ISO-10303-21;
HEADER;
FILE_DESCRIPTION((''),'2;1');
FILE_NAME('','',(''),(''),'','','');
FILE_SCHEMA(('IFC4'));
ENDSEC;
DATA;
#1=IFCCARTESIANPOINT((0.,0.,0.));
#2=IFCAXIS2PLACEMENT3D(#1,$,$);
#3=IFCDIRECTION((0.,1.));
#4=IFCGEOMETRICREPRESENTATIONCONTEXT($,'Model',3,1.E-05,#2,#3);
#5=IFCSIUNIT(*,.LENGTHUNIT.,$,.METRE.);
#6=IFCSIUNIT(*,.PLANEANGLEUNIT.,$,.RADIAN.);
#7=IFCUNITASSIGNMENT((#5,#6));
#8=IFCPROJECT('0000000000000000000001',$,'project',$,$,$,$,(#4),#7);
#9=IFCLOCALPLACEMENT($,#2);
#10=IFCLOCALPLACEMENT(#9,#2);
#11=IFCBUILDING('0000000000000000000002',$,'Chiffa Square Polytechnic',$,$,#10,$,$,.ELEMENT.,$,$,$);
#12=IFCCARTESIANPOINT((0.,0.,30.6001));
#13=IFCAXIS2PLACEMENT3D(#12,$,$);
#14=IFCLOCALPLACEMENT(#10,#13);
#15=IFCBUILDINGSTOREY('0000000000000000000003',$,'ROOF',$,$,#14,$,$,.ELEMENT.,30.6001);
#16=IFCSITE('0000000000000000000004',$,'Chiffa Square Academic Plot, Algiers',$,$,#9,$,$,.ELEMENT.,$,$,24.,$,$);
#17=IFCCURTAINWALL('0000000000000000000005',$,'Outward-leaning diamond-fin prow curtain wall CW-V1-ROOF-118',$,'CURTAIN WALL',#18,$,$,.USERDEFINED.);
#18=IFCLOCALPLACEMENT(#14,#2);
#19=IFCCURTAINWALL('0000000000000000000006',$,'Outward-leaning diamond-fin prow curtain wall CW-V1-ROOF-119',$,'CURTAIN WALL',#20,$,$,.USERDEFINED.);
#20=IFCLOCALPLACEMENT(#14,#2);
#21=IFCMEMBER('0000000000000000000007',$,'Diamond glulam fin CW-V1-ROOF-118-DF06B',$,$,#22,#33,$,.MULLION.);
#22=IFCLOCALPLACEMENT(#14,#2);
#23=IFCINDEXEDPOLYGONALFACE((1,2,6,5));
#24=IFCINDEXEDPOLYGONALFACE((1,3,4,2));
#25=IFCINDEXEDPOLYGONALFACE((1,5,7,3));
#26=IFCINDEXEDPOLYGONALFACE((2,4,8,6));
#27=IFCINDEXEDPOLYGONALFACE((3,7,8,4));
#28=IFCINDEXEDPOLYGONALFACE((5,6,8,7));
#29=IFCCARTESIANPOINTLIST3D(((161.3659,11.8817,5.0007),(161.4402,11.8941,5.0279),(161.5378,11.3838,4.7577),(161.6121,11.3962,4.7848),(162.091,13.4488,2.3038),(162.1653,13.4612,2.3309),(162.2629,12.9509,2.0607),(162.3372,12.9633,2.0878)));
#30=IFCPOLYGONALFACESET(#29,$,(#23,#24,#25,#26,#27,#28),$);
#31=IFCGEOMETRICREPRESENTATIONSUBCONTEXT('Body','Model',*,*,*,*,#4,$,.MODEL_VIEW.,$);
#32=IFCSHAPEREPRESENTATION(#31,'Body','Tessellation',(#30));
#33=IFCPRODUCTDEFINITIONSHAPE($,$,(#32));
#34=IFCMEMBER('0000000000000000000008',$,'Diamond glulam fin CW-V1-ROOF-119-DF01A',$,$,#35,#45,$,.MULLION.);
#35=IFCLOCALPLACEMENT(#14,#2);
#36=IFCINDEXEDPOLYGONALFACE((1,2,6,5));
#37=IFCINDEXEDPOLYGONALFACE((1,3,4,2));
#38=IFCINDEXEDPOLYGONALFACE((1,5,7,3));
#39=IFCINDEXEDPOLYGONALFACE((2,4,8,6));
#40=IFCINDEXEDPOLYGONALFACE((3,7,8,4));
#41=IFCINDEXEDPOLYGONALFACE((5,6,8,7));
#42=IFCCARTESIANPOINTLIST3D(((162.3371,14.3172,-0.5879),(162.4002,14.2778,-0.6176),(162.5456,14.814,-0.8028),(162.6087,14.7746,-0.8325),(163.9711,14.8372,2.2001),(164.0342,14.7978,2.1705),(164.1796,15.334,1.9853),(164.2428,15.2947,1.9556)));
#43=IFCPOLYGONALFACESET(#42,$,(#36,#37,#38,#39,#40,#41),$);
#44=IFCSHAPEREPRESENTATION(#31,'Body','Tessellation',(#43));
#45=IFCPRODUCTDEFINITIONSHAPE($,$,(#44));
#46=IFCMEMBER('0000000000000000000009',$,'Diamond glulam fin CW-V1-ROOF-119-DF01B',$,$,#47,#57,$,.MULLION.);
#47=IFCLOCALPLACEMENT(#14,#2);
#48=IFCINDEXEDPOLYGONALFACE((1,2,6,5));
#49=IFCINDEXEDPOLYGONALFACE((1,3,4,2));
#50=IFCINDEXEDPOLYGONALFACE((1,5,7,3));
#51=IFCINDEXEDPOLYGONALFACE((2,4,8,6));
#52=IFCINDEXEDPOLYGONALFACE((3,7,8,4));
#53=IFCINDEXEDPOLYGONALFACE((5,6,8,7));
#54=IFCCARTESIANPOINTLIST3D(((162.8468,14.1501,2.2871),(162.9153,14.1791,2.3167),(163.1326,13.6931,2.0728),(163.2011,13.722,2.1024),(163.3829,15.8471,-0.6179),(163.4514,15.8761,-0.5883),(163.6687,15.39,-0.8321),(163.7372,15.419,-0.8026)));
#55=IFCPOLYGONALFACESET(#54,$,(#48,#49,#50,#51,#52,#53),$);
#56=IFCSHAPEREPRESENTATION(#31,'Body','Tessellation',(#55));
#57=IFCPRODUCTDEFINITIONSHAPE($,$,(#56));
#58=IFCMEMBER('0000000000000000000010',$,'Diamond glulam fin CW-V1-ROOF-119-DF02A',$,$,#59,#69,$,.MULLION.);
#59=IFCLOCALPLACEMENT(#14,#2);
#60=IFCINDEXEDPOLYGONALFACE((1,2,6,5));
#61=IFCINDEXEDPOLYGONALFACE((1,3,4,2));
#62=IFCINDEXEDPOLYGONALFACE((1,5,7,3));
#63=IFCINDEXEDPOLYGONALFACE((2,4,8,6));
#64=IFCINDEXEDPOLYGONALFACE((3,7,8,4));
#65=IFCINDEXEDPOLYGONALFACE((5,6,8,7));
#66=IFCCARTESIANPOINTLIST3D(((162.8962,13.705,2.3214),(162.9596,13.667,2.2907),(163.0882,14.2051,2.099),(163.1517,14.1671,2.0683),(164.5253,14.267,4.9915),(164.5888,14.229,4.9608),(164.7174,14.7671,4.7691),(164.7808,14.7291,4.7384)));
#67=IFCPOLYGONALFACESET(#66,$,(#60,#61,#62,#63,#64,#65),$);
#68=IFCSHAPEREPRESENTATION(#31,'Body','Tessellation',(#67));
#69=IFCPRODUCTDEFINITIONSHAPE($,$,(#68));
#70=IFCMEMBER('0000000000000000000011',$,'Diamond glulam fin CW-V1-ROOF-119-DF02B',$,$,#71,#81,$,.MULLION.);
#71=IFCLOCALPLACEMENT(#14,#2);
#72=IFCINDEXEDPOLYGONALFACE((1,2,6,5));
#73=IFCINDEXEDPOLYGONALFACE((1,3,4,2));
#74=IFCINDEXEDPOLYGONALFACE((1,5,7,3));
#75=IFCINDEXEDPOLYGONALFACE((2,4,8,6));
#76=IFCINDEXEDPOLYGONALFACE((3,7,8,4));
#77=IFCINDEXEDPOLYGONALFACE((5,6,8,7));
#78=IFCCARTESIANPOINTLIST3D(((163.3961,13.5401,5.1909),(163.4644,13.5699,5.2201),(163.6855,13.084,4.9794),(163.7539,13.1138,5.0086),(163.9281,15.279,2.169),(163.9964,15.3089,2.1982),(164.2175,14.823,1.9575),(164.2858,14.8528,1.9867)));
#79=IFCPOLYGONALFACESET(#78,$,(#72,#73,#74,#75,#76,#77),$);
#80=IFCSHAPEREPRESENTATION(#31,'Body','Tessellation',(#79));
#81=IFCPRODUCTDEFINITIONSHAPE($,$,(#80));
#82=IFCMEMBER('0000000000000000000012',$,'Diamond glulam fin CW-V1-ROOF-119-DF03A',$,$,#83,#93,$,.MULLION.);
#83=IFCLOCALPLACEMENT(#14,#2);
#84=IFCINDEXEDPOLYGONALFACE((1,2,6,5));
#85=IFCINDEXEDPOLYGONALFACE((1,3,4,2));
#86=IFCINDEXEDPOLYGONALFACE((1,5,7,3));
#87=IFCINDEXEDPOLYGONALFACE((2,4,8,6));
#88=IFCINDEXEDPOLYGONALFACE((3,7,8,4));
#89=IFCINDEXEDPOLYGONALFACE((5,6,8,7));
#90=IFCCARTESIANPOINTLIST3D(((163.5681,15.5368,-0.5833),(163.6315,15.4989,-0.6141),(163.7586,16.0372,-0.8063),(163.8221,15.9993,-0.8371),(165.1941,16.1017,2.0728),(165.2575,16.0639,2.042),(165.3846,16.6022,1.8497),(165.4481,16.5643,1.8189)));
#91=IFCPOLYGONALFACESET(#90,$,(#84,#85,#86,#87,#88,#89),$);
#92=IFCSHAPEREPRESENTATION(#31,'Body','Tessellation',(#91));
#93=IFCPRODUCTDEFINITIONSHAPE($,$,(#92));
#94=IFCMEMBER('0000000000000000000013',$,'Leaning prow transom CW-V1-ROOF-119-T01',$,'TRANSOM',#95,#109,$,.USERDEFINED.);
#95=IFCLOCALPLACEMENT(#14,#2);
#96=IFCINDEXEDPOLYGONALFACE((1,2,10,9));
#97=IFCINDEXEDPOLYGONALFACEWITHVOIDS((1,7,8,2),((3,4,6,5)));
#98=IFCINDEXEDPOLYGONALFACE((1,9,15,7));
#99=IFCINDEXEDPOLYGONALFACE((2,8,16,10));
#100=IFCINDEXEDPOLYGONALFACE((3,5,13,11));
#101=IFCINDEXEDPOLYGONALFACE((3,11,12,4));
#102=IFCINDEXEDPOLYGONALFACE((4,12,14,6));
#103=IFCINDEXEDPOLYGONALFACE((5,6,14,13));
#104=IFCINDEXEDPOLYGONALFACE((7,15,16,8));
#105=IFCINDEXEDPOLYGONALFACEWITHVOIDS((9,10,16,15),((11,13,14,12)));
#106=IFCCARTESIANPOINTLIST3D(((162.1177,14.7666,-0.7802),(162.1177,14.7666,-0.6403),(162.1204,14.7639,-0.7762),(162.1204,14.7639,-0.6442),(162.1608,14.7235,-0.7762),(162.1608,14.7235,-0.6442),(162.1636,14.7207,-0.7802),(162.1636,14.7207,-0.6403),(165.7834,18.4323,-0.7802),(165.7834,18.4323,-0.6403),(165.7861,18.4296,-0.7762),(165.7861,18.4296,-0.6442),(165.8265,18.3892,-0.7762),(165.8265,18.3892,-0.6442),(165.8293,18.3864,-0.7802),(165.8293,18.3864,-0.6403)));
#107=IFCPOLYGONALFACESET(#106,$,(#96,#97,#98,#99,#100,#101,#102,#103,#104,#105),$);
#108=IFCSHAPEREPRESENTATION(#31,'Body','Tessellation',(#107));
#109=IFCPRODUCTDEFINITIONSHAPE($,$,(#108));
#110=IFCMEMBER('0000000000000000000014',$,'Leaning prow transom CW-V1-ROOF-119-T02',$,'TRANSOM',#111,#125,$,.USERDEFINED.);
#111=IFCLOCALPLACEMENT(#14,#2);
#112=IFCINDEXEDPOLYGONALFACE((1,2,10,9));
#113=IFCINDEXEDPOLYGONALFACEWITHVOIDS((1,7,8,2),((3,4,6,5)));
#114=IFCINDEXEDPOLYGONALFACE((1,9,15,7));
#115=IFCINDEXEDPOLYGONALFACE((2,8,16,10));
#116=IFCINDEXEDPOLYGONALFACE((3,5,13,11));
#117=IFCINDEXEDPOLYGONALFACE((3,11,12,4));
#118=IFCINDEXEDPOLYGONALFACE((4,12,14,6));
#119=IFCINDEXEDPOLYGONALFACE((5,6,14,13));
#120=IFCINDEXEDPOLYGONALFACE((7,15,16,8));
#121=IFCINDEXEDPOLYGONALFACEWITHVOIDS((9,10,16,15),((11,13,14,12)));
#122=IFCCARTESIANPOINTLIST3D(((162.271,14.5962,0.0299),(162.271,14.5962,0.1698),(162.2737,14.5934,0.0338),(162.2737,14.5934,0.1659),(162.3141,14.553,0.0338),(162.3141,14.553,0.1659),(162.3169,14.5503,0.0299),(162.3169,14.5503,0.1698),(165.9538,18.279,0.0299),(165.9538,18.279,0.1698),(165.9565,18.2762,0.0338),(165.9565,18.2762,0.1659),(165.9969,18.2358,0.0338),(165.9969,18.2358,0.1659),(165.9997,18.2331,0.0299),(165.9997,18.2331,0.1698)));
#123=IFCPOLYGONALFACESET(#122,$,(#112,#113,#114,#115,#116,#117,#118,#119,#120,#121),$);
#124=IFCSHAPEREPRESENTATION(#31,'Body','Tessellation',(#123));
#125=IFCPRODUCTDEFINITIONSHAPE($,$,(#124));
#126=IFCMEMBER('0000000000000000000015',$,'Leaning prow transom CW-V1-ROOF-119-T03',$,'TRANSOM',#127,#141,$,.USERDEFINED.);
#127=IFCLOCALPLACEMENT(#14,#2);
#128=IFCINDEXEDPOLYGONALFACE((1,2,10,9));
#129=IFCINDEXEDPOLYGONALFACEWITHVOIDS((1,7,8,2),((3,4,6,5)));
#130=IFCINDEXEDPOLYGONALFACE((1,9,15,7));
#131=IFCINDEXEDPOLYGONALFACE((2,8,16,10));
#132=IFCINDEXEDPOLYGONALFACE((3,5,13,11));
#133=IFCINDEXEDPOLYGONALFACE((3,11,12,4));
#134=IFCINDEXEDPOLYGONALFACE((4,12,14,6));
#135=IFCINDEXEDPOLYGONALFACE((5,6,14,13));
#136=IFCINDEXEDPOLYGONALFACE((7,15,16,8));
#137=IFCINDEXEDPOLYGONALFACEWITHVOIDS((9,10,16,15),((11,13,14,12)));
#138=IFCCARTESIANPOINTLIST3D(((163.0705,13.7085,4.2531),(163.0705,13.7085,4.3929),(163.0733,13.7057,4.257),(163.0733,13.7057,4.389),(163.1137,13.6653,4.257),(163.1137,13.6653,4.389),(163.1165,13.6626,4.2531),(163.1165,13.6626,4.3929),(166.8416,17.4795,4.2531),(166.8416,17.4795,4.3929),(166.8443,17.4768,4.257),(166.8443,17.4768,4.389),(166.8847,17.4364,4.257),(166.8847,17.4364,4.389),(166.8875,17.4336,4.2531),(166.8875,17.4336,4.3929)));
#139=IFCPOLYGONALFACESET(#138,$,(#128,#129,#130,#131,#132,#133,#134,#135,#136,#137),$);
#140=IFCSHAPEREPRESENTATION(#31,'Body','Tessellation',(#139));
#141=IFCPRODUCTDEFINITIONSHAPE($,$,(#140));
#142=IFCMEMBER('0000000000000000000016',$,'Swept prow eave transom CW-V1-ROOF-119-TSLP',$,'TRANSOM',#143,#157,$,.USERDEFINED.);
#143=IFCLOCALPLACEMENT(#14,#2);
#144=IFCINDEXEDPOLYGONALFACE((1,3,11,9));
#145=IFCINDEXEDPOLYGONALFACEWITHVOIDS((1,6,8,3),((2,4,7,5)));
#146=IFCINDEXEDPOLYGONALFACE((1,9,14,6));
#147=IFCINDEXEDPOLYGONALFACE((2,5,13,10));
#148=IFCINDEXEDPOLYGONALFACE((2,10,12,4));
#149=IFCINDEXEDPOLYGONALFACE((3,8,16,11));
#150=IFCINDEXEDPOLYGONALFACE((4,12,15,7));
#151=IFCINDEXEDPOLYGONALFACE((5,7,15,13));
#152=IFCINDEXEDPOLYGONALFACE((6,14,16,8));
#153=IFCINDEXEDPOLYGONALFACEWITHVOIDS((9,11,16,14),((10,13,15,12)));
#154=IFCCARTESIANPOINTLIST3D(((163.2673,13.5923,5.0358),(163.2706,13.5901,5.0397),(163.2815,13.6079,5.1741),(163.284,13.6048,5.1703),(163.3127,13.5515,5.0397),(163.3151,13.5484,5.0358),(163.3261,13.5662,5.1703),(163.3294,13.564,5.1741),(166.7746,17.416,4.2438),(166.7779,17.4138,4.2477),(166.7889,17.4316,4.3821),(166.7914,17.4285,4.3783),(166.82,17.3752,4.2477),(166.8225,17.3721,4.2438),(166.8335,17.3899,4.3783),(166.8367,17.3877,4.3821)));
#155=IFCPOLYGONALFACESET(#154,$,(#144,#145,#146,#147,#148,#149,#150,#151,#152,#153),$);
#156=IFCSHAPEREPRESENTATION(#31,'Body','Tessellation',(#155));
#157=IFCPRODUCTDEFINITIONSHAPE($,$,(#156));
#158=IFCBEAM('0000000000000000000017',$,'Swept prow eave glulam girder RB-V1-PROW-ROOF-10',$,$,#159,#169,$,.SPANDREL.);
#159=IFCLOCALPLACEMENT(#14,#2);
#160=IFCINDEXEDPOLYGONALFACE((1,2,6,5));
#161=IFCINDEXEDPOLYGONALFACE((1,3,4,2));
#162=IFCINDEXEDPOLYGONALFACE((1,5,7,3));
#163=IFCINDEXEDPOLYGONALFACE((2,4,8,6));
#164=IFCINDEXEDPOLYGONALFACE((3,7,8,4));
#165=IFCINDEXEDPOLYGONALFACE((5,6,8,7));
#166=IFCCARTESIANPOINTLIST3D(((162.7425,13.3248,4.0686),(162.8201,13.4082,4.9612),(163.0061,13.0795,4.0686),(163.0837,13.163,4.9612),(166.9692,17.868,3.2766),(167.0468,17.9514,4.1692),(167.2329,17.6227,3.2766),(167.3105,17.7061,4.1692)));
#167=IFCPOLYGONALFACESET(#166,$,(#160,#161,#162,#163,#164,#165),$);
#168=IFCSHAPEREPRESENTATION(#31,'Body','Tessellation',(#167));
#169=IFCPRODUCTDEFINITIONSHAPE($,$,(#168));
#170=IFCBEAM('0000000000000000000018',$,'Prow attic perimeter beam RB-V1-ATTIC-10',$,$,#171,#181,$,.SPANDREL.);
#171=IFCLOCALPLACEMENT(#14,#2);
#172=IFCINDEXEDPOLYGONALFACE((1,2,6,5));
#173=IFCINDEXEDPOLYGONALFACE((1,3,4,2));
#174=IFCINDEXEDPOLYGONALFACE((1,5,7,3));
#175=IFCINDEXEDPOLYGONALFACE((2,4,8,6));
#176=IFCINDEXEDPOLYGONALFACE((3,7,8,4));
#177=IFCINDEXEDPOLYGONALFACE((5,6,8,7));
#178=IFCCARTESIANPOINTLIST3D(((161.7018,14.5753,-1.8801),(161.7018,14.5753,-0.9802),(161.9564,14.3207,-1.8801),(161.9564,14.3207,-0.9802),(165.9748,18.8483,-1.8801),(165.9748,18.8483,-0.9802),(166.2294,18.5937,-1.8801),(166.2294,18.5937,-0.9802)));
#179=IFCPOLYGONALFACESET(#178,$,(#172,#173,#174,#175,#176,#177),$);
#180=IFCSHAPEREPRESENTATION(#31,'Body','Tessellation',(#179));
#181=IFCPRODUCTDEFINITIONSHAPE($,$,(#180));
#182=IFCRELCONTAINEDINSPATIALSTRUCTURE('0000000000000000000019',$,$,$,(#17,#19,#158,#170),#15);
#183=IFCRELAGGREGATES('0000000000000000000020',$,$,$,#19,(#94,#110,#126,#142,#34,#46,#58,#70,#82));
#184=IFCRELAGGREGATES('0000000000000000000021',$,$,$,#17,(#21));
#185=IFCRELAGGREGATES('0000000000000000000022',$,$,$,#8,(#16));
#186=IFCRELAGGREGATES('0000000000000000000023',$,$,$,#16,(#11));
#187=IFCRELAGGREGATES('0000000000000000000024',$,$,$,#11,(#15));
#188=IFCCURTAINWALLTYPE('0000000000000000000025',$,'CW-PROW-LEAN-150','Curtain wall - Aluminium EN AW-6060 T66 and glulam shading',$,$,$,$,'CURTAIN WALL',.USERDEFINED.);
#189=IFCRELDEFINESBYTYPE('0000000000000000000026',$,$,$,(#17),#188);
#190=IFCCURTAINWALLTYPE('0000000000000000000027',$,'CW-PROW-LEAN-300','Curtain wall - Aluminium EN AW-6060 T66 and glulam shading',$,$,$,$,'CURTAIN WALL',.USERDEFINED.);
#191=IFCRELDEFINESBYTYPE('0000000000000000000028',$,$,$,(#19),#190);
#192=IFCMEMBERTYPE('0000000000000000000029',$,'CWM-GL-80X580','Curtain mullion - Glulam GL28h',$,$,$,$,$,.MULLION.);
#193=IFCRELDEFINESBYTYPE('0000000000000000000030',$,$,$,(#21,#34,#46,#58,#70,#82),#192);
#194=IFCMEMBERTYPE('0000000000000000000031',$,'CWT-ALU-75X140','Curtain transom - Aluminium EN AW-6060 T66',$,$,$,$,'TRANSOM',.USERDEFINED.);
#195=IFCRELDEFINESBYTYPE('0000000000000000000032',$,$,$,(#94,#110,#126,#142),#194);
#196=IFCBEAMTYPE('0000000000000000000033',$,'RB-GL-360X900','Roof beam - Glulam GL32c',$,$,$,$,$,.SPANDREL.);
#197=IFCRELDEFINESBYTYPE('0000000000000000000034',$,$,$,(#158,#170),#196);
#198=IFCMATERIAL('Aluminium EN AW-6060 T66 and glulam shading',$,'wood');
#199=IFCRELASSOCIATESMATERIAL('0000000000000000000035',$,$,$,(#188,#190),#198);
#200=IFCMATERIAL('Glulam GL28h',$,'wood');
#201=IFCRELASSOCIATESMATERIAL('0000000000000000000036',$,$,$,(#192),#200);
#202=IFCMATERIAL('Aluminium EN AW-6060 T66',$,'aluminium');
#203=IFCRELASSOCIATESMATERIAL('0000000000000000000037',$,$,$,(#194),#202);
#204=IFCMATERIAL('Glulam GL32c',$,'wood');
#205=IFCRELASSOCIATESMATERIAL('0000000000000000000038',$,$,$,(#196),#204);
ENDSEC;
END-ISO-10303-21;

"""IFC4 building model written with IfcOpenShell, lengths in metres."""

from ifc_helpers import new_model, si_unit, direction, frame, origin, origin_2d, place, context, subcontext, project, spatial, rectangle, hollow_rectangle, extrude, material, material_profile, profile_set, type_object, element, aggregate, save


model = new_model("IFC4")

# Units and contexts
model_context = context("Model", 3, precision=1e-05, world=origin(), true_north=direction((0.0, 1.0)))
body_context = subcontext(model_context, "Body", "Model", "MODEL_VIEW")
ifc_project = project(units=[si_unit("LENGTHUNIT", "METRE"), si_unit("PLANEANGLEUNIT", "RADIAN")], contexts=[model_context])

# Site, building, storey
site_placement = place(None, origin())
site = spatial("IfcSite", under=ifc_project, at=site_placement, Name="Chiffa Square Academic Plot, Algiers", CompositionType="ELEMENT", RefElevation=24.0)
building_placement = place(site_placement, origin())
building = spatial("IfcBuilding", under=site, at=building_placement, Name="Chiffa Square Polytechnic", CompositionType="ELEMENT")
storey_placement = place(building_placement, frame((0.0, 0.0, 30.6001)))
storey = spatial("IfcBuildingStorey", under=building, at=storey_placement, Name="ROOF", CompositionType="ELEMENT", Elevation=30.6001)

# Shared definitions
ifc_material_1 = material(Name="Glulam GL32c", Category="wood")

# Curtain walls
ifc_material_2 = material(Name="Aluminium EN AW-6060 T66 and glulam shading", Category="wood")
curtain_wall_type_1 = type_object("IfcCurtainWallType", Name="CW-PROW-LEAN-150", Description="Curtain wall - Aluminium EN AW-6060 T66 and glulam shading", ElementType="CURTAIN WALL", PredefinedType="USERDEFINED", material=ifc_material_2)
curtain_wall_1_placement = place(storey_placement, origin())
curtain_wall_1 = element("IfcCurtainWall", 1, at=curtain_wall_1_placement, inside=storey, type_object=curtain_wall_type_1, Name="Outward-leaning diamond-fin prow curtain wall CW-V1-ROOF-118", ObjectType="CURTAIN WALL", PredefinedType="USERDEFINED")
ifc_material_3 = material(Name="Aluminium EN AW-6060 T66", Category="aluminium")
curtain_wall_type_2 = type_object("IfcCurtainWallType", Name="CW-PROW-LEAN-300", Description="Curtain wall - Aluminium EN AW-6060 T66 and glulam shading", ElementType="CURTAIN WALL", PredefinedType="USERDEFINED", material=ifc_material_2)
curtain_wall_2_placement = place(storey_placement, origin())
curtain_wall_2 = element("IfcCurtainWall", 2, at=curtain_wall_2_placement, inside=storey, type_object=curtain_wall_type_2, Name="Outward-leaning diamond-fin prow curtain wall CW-V1-ROOF-119", ObjectType="CURTAIN WALL", PredefinedType="USERDEFINED")

# Members
ifc_material_4 = material(Name="Glulam GL28h", Category="wood")
ifc_material_profile_1 = material_profile(ifc_material_4, rectangle(XDim=0.0801, YDim=0.5801, at=origin_2d()), Name="GL28h 80x580")
ifc_profile_set_1 = profile_set([ifc_material_profile_1], Name="Glulam GL28h")
member_type_1 = type_object("IfcMemberType", Name="CWM-GL-80X580", Description="Curtain mullion - Glulam GL28h", PredefinedType="MULLION", material=ifc_profile_set_1)
member_1_placement = place(storey_placement, frame((162.2141, 13.2061, 2.1958), z_axis=(-0.22642, -0.489358, 0.842177), x_axis=(0.927865, 0.154669, 0.33933)))
member_1 = element("IfcMember", 3, at=member_1_placement, type_object=member_type_1, Name="Diamond glulam fin CW-V1-ROOF-118-DF06B", PredefinedType="MULLION", context=body_context, shape_type="SweptSolid", body=[
    extrude(rectangle(XDim=0.0801, YDim=0.5801, at=origin_2d()), origin(), (0.0, 0.0, 1.0), 3.2024),
])
member_2_placement = place(storey_placement, frame((162.4729, 14.5459, -0.7102), z_axis=(0.499214, 0.158871, 0.851789), x_axis=(-0.788378, 0.491155, 0.370442)))
member_2 = element("IfcMember", 4, at=member_2_placement, type_object=member_type_1, Name="Diamond glulam fin CW-V1-ROOF-119-DF01A", PredefinedType="MULLION", context=body_context, shape_type="SweptSolid", body=[
    extrude(rectangle(XDim=0.0801, YDim=0.5801, at=origin_2d()), origin(), (0.0, 0.0, 1.0), 3.2732),
])
member_3_placement = place(storey_placement, frame((163.5601, 15.6331, -0.7102), z_axis=(-0.15737, -0.498123, 0.852707), x_axis=(0.855898, 0.361929, 0.369386)))
member_3 = element("IfcMember", 5, at=member_3_placement, type_object=member_type_1, Name="Diamond glulam fin CW-V1-ROOF-119-DF01B", PredefinedType="MULLION", context=body_context, shape_type="SweptSolid", body=[
    extrude(rectangle(XDim=0.0801, YDim=0.5801, at=origin_2d()), origin(), (0.0, 0.0, 1.0), 3.4067),
])
member_4_placement = place(storey_placement, frame((163.0239, 13.936, 2.1948), z_axis=(0.512632, 0.176844, 0.8402), x_axis=(-0.792228, 0.474703, 0.383448)))
member_4 = element("IfcMember", 6, at=member_4_placement, type_object=member_type_1, Name="Diamond glulam fin CW-V1-ROOF-119-DF02A", PredefinedType="MULLION", context=body_context, shape_type="SweptSolid", body=[
    extrude(rectangle(XDim=0.0801, YDim=0.5801, at=origin_2d()), origin(), (0.0, 0.0, 1.0), 3.178),
])
member_5_placement = place(storey_placement, frame((164.1069, 15.0659, 2.0779), z_axis=(-0.150833, -0.493062, 0.856819), x_axis=(0.853408, 0.372511, 0.364596)))
member_5 = element("IfcMember", 7, at=member_5_placement, type_object=member_type_1, Name="Diamond glulam fin CW-V1-ROOF-119-DF02B", PredefinedType="MULLION", context=body_context, shape_type="SweptSolid", body=[
    extrude(rectangle(XDim=0.0801, YDim=0.5801, at=origin_2d()), origin(), (0.0, 0.0, 1.0), 3.5269),
])
member_6_placement = place(storey_placement, frame((163.6951, 15.7681, -0.7102), z_axis=(0.513734, 0.178496, 0.839176), x_axis=(-0.792592, 0.473188, 0.384567)))
member_6 = element("IfcMember", 8, at=member_6_placement, type_object=member_type_1, Name="Diamond glulam fin CW-V1-ROOF-119-DF03A", PredefinedType="MULLION", context=body_context, shape_type="SweptSolid", body=[
    extrude(rectangle(XDim=0.0801, YDim=0.5801, at=origin_2d()), origin(), (0.0, 0.0, 1.0), 3.165),
])
ifc_material_profile_2 = material_profile(ifc_material_3, hollow_rectangle(XDim=0.0649, YDim=0.1399, WallThickness=0.0039, at=origin_2d()), Name="ALU 65x140x4")
ifc_profile_set_2 = profile_set([ifc_material_profile_2], Name="Aluminium EN AW-6060 T66")
member_type_2 = type_object("IfcMemberType", Name="CWT-ALU-75X140", Description="Curtain transom - Aluminium EN AW-6060 T66", ElementType="TRANSOM", PredefinedType="USERDEFINED", material=ifc_profile_set_2)
member_7_placement = place(storey_placement, frame((162.1406, 14.7437, -0.7102), z_axis=(0.707107, 0.707107, 0.0), x_axis=(-0.707107, 0.707107, 0.0)))
member_7 = element("IfcMember", 9, at=member_7_placement, type_object=member_type_2, Name="Leaning prow transom CW-V1-ROOF-119-T01", ObjectType="TRANSOM", PredefinedType="USERDEFINED", context=body_context, shape_type="SweptSolid", body=[
    extrude(hollow_rectangle(XDim=0.0649, YDim=0.1399, WallThickness=0.0039, at=origin_2d()), origin(), (0.0, 0.0, 1.0), 5.1841),
])
member_8_placement = place(storey_placement, frame((162.2939, 14.5732, 0.0999), z_axis=(0.707107, 0.707107, 0.0), x_axis=(-0.707107, 0.707107, 0.0)))
member_8 = element("IfcMember", 10, at=member_8_placement, type_object=member_type_2, Name="Leaning prow transom CW-V1-ROOF-119-T02", ObjectType="TRANSOM", PredefinedType="USERDEFINED", context=body_context, shape_type="SweptSolid", body=[
    extrude(hollow_rectangle(XDim=0.0649, YDim=0.1399, WallThickness=0.0039, at=origin_2d()), origin(), (0.0, 0.0, 1.0), 5.2083),
])
member_9_placement = place(storey_placement, frame((163.0935, 13.6855, 4.323), z_axis=(0.707107, 0.707107, 0.0), x_axis=(-0.707107, 0.707107, 0.0)))
member_9 = element("IfcMember", 11, at=member_9_placement, type_object=member_type_2, Name="Leaning prow transom CW-V1-ROOF-119-T03", ObjectType="TRANSOM", PredefinedType="USERDEFINED", context=body_context, shape_type="SweptSolid", body=[
    extrude(hollow_rectangle(XDim=0.0649, YDim=0.1399, WallThickness=0.0039, at=origin_2d()), origin(), (0.0, 0.0, 1.0), 5.333),
])
member_10_placement = place(storey_placement, frame((163.2983, 13.5781, 5.105), z_axis=(0.668219, 0.728502, -0.150891), x_axis=(-0.736939, 0.675959, 0.0)))
member_10 = element("IfcMember", 12, at=member_10_placement, type_object=member_type_2, Name="Swept prow eave transom CW-V1-ROOF-119-TSLP", ObjectType="TRANSOM", PredefinedType="USERDEFINED", context=body_context, shape_type="SweptSolid", body=[
    extrude(hollow_rectangle(XDim=0.0649, YDim=0.1399, WallThickness=0.0039, at=origin_2d()), origin(), (0.0, 0.0, 1.0), 5.2488),
])

# Beams
ifc_material_profile_3 = material_profile(ifc_material_1, rectangle(XDim=0.3601, YDim=0.8999, at=origin_2d()), Name="GL32c 360x900")
ifc_profile_set_3 = profile_set([ifc_material_profile_3], Name="Glulam GL32c")
beam_type = type_object("IfcBeamType", Name="RB-GL-360X900", Description="Roof beam - Glulam GL32c", PredefinedType="SPANDREL", material=ifc_profile_set_3)
beam_1_placement = place(storey_placement, frame((162.9131, 13.2439, 4.5149), z_axis=(0.675672, 0.72625, -0.126603), x_axis=(-0.732142, 0.681153, 0.0)))
element("IfcBeam", 13, at=beam_1_placement, inside=storey, type_object=beam_type, Name="Swept prow eave glulam girder RB-V1-PROW-ROOF-10", PredefinedType="SPANDREL", context=body_context, shape_type="SweptSolid", body=[
    extrude(rectangle(XDim=0.3601, YDim=0.8999, at=origin_2d()), origin(), (0.0, 0.0, 1.0), 6.2556),
])
beam_2_placement = place(storey_placement, frame((161.8291, 14.448, -1.4302), z_axis=(0.707107, 0.707107, 0.0), x_axis=(-0.707107, 0.707107, 0.0)))
element("IfcBeam", 14, at=beam_2_placement, inside=storey, type_object=beam_type, Name="Prow attic perimeter beam RB-V1-ATTIC-10", PredefinedType="SPANDREL", context=body_context, shape_type="SweptSolid", body=[
    extrude(rectangle(XDim=0.3601, YDim=0.8999, at=origin_2d()), origin(), (0.0, 0.0, 1.0), 6.043),
])

aggregate(curtain_wall_2, [member_7, member_8, member_9, member_10, member_2, member_3, member_4, member_5, member_6])
aggregate(curtain_wall_1, [member_1])

save(model, "model.ifc")
